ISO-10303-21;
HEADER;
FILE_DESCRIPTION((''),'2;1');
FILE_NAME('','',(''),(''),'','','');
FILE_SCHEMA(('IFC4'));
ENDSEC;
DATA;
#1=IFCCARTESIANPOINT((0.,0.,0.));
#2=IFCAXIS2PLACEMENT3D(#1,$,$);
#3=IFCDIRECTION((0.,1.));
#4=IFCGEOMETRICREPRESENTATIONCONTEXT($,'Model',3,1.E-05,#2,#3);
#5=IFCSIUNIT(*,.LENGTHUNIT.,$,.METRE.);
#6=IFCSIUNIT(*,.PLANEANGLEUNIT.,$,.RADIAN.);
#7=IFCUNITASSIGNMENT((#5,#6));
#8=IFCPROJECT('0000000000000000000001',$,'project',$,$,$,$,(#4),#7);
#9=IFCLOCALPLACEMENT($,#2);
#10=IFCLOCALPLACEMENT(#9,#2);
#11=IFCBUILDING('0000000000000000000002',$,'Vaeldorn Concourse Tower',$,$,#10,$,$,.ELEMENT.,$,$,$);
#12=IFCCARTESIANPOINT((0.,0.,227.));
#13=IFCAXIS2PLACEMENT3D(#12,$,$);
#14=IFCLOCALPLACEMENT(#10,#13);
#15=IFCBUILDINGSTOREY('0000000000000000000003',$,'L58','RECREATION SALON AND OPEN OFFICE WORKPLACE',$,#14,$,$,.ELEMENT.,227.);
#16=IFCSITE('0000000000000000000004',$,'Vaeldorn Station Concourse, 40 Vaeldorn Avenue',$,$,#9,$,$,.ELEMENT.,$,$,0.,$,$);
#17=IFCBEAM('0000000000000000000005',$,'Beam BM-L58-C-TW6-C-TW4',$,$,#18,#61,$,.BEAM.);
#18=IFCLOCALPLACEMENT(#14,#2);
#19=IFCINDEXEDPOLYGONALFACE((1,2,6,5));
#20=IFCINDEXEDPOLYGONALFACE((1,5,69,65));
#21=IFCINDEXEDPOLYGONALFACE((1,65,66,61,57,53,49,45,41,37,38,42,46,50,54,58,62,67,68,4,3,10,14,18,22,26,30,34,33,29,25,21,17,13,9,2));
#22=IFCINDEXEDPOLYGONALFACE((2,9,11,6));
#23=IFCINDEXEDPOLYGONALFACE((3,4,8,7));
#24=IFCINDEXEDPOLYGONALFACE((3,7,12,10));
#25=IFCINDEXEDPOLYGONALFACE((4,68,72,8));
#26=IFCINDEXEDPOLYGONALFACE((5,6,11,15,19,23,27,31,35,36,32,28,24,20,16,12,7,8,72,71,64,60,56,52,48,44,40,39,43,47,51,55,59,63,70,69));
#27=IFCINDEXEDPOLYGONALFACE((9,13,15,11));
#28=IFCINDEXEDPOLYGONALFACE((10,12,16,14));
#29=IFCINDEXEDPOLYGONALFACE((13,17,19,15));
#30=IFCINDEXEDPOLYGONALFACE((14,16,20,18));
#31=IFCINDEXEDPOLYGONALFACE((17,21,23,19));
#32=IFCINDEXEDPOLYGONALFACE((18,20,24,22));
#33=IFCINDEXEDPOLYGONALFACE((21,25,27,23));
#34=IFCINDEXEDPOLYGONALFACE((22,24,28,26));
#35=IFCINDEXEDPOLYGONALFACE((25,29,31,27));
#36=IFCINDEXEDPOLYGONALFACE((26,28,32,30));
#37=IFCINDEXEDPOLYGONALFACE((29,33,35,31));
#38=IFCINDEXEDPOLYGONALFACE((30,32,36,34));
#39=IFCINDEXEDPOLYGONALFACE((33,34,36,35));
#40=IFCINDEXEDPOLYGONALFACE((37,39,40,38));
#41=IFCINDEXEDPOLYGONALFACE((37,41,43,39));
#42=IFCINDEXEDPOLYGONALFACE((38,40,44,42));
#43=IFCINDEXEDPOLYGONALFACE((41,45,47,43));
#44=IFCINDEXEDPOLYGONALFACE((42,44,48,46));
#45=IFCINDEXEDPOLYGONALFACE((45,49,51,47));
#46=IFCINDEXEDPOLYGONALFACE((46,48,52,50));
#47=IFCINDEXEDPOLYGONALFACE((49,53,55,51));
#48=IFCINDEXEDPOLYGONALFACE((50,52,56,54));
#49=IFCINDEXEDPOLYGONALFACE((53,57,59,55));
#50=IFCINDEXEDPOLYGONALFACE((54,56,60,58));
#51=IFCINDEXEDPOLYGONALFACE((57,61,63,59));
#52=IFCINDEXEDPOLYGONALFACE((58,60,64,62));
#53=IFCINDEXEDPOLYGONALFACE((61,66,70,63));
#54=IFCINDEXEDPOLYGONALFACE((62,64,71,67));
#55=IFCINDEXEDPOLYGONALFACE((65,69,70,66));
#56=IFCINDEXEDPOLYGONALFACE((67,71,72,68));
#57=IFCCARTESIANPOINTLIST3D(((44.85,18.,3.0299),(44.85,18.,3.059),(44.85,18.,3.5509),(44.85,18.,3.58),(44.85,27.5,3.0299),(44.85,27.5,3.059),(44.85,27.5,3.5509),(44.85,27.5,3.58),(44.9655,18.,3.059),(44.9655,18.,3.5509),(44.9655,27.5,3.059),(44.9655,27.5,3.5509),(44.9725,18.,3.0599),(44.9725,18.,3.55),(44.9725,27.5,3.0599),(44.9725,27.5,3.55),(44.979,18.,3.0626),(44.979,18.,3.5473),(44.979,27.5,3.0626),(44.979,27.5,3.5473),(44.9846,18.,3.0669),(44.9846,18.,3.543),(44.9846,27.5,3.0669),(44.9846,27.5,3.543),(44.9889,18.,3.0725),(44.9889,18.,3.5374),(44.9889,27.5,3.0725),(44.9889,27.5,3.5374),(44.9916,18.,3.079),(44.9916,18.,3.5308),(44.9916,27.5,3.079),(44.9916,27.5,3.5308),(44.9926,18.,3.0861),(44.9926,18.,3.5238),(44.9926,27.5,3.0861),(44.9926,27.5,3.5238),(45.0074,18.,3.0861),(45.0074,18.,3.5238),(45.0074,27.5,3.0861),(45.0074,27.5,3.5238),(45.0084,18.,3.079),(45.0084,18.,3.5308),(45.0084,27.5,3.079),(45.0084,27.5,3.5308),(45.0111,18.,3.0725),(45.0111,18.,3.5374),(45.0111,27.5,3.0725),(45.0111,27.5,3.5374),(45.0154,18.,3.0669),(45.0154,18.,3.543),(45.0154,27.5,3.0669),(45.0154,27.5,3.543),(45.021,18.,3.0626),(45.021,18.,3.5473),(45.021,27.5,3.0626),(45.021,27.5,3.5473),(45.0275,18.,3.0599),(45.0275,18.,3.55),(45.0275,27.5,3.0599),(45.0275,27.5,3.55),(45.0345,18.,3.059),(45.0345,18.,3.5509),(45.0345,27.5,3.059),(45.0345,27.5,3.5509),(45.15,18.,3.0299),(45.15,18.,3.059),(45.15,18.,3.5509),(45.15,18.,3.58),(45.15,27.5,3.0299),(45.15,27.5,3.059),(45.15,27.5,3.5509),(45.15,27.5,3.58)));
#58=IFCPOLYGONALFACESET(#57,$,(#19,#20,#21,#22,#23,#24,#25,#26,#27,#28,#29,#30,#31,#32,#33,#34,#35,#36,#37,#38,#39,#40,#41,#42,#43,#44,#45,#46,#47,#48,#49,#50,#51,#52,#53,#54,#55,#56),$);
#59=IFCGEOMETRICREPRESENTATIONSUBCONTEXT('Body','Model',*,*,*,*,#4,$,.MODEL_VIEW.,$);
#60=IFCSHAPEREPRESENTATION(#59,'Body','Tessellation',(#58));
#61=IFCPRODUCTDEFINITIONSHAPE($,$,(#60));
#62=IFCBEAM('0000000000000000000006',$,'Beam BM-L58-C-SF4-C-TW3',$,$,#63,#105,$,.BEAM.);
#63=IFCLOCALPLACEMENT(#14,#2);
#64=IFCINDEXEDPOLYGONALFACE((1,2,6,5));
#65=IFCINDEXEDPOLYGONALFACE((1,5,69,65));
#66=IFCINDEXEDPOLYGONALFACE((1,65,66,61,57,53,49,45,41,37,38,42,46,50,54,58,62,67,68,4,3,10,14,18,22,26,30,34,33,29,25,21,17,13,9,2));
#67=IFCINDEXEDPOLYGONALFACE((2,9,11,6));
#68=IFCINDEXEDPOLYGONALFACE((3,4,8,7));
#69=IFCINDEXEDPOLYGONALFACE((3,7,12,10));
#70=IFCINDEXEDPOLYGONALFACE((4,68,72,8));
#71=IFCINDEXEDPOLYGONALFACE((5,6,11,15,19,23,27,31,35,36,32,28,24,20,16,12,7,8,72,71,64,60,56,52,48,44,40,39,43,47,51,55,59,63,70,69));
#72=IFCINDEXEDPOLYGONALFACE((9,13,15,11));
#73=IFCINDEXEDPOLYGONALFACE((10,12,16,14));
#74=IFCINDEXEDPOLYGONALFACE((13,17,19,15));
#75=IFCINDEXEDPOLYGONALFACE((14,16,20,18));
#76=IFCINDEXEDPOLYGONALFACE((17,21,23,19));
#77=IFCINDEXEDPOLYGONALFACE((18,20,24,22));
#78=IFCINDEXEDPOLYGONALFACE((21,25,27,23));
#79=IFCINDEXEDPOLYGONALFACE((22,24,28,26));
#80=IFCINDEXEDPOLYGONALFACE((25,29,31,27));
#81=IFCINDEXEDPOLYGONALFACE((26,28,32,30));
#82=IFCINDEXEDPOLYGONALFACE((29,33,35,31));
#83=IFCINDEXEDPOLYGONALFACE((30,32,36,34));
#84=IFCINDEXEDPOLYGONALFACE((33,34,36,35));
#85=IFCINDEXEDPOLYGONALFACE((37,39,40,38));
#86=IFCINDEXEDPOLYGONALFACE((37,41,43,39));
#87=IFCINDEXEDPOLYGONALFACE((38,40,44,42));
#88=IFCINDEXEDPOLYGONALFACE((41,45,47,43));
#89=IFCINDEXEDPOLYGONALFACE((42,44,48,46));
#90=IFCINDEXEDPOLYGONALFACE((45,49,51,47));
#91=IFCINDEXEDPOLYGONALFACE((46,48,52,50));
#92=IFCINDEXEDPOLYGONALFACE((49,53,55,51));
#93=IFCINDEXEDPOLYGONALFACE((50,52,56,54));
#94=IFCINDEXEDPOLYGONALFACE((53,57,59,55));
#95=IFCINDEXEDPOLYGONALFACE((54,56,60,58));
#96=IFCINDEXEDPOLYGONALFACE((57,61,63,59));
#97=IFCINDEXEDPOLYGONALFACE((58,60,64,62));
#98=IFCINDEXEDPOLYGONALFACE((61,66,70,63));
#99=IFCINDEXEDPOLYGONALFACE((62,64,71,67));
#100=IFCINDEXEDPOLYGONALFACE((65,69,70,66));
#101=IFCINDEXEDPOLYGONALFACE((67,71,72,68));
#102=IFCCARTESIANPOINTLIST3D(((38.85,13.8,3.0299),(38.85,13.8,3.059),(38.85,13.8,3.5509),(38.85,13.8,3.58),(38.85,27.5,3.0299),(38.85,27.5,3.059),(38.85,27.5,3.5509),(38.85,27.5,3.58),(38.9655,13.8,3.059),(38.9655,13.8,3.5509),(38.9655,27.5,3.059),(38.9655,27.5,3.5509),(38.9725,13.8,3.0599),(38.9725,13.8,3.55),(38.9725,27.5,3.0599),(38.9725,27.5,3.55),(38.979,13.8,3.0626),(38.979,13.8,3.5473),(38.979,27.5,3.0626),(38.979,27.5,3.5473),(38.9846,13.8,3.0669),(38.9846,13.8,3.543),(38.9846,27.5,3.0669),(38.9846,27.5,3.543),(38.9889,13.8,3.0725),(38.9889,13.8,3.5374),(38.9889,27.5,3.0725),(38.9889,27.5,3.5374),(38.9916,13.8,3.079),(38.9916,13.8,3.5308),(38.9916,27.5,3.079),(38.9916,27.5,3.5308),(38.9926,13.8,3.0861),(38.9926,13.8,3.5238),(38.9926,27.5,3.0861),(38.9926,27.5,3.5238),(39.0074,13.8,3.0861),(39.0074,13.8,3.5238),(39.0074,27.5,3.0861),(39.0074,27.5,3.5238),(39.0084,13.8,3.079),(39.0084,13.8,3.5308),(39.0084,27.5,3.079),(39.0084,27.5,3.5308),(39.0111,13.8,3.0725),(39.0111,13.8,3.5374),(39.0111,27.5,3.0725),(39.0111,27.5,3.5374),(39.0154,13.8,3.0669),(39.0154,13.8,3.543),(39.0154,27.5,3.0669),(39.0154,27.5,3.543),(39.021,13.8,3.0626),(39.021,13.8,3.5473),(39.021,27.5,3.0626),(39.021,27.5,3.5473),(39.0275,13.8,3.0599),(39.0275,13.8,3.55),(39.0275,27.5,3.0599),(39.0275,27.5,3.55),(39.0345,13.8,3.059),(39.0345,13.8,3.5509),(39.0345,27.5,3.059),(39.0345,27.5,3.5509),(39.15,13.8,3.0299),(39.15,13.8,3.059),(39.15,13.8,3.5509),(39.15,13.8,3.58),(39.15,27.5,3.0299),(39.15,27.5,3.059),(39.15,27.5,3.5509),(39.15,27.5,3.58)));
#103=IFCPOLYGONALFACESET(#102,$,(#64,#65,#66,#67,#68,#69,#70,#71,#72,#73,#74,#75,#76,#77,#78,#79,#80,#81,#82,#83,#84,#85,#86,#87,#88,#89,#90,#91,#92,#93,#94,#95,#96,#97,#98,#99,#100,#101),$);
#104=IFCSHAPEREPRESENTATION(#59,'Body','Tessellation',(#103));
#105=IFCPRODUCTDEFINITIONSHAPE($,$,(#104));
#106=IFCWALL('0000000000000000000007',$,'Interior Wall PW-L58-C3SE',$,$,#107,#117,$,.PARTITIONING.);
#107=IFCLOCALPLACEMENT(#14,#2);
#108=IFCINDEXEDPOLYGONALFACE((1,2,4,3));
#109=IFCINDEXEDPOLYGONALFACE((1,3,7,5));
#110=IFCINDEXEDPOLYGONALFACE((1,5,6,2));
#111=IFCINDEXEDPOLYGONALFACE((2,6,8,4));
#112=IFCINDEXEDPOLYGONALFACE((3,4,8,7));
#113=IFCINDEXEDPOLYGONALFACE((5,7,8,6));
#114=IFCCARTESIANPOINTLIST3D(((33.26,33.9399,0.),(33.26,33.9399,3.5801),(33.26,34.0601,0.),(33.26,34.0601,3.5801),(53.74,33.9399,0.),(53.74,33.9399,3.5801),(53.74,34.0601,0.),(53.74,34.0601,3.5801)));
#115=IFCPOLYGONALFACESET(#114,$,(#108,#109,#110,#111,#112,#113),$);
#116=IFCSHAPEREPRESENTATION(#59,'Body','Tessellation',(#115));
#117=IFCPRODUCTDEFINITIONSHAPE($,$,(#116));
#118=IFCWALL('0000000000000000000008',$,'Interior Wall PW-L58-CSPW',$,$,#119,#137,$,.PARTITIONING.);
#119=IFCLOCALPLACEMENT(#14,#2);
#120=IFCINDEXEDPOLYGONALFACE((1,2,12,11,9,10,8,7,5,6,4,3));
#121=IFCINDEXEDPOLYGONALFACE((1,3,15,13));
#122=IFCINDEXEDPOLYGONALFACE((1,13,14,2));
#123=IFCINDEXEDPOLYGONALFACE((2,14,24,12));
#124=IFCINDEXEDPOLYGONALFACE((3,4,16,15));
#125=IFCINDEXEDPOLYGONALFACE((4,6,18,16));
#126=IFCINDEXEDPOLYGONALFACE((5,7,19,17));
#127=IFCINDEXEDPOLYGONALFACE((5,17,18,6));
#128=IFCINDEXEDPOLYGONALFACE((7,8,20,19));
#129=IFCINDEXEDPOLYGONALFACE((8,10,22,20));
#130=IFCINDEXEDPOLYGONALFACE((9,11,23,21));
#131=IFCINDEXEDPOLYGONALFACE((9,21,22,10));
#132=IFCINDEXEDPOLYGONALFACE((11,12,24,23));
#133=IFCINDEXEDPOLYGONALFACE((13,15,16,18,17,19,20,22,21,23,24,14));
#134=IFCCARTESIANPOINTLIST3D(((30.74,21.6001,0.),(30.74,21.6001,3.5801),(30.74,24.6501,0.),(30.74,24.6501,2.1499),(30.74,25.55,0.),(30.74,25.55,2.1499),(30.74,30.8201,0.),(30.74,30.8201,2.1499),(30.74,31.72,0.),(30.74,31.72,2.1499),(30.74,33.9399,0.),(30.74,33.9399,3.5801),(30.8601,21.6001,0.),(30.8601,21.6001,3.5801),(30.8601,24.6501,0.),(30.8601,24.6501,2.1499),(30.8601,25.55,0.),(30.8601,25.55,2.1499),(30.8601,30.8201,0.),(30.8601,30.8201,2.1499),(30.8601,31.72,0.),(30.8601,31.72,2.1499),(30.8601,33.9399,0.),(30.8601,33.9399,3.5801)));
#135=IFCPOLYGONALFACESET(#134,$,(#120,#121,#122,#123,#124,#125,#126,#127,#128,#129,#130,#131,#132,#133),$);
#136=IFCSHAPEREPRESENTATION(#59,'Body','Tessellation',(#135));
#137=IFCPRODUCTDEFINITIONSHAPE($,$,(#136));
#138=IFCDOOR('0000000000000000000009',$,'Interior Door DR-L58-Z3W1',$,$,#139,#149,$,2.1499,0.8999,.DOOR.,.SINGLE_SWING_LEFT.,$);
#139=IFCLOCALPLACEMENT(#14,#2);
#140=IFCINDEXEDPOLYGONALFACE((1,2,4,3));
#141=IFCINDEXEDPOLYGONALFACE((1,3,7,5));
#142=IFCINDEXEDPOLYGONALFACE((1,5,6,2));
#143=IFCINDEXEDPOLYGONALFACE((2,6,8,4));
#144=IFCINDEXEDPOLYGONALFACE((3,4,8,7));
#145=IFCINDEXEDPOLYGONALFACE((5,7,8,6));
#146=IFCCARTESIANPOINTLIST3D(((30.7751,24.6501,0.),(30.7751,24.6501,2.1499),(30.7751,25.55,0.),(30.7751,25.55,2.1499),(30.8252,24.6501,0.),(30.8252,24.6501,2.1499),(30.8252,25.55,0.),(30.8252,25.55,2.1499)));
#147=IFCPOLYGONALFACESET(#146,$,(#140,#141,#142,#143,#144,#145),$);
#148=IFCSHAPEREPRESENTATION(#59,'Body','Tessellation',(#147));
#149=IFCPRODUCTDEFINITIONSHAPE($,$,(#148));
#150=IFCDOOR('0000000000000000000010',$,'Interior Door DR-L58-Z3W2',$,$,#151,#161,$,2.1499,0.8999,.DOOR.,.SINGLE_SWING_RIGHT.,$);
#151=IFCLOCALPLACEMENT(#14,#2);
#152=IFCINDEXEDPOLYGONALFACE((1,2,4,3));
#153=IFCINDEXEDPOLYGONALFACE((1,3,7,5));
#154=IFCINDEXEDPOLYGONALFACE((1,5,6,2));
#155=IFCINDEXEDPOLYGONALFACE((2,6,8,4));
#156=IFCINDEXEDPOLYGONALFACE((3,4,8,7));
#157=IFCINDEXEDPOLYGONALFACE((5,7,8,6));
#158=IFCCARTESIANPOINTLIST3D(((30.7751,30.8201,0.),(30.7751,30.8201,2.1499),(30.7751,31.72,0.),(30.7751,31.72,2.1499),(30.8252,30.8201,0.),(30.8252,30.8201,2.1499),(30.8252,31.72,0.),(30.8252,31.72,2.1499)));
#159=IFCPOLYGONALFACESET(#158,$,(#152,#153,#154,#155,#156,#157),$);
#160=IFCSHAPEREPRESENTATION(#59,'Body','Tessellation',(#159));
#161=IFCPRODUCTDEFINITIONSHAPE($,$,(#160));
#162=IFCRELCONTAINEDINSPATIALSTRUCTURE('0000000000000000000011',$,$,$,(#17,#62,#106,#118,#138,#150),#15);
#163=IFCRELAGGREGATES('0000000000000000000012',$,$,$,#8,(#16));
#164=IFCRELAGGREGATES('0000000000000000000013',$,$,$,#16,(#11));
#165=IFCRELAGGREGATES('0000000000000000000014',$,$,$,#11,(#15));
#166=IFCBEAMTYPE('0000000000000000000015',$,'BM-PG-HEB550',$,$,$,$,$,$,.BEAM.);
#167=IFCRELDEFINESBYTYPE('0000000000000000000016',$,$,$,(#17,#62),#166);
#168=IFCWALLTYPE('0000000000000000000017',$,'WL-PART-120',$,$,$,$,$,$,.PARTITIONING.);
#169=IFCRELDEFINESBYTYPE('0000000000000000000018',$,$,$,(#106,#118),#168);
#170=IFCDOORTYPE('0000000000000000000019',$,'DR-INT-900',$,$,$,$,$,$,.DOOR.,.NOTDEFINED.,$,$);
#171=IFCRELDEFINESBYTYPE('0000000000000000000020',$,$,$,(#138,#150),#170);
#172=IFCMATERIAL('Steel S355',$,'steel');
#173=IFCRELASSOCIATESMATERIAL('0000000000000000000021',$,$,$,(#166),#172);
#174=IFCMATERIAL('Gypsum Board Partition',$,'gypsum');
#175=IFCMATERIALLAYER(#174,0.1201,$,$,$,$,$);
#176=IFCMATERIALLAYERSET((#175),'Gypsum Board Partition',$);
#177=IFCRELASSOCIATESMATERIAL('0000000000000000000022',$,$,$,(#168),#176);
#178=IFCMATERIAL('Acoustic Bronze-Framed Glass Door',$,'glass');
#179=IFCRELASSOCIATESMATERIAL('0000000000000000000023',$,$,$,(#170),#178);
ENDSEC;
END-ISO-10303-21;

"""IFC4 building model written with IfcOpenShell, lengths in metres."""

from ifc_helpers import new_model, si_unit, direction, frame, frame_2d, origin, origin_2d, place, context, subcontext, project, spatial, rectangle, i_section, extrude, source, transform, mapped, material, layer, layer_set, material_profile, profile_set, type_object, element, fill, save


model = new_model("IFC4")

# Units and contexts
model_context = context("Model", 3, precision=1e-05, world=origin(), true_north=direction((0.0, 1.0)))
body_context = subcontext(model_context, "Body", "Model", "MODEL_VIEW")
ifc_project = project(units=[si_unit("LENGTHUNIT", "METRE"), si_unit("PLANEANGLEUNIT", "RADIAN")], contexts=[model_context])

# Site, building, storey
site_placement = place(None, origin())
site = spatial("IfcSite", under=ifc_project, at=site_placement, Name="Vaeldorn Station Concourse, 40 Vaeldorn Avenue", CompositionType="ELEMENT", RefElevation=0.0)
building_placement = place(site_placement, origin())
building = spatial("IfcBuilding", under=site, at=building_placement, Name="Vaeldorn Concourse Tower", CompositionType="ELEMENT")
storey_placement = place(building_placement, frame((0.0, 0.0, 227.0)))
storey = spatial("IfcBuildingStorey", under=building, at=storey_placement, Name="L58", Description="RECREATION SALON AND OPEN OFFICE WORKPLACE", CompositionType="ELEMENT", Elevation=227.0)

# Shared definitions
ifc_material_1 = material(Name="Steel S355", Category="steel")

# Beams
ifc_material_profile_1 = material_profile(ifc_material_1, i_section(OverallWidth=0.3, OverallDepth=0.55, WebThickness=0.0149, FlangeThickness=0.0291, FilletRadius=0.0271, at=origin_2d()), Name="HEB 550")
ifc_profile_set_1 = profile_set([ifc_material_profile_1], Name="Steel S355")
beam_type_1 = type_object("IfcBeamType", Name="BM-PG-HEB550", PredefinedType="BEAM", material=ifc_profile_set_1)
shared_shape_1 = source(origin(), body_context, "Body", "SweptSolid", [
    extrude(i_section(OverallWidth=0.3, OverallDepth=0.55, WebThickness=0.0149, FlangeThickness=0.0291, FilletRadius=0.0271, at=origin_2d()), origin(), (0.0, 0.0, 1.0), 9.5),
])
beam_1_placement = place(storey_placement, frame((45.0, 18.0, 3.3049), z_axis=(0.0, 1.0, 0.0), x_axis=(-1.0, 0.0, 0.0)))
element("IfcBeam", 1, at=beam_1_placement, inside=storey, type_object=beam_type_1, Name="Beam BM-L58-C-TW6-C-TW4", PredefinedType="BEAM", context=body_context, shape_type="MappedRepresentation", body=[
    mapped(shared_shape_1, transform((0.0, 0.0, 0.0), scale=1.0)),
])
shared_shape_2 = source(origin(), body_context, "Body", "SweptSolid", [
    extrude(i_section(OverallWidth=0.3, OverallDepth=0.55, WebThickness=0.0149, FlangeThickness=0.0291, FilletRadius=0.0271, at=origin_2d()), origin(), (0.0, 0.0, 1.0), 13.7),
])
beam_2_placement = place(storey_placement, frame((39.0, 13.8, 3.3049), z_axis=(0.0, 1.0, 0.0), x_axis=(-1.0, 0.0, 0.0)))
element("IfcBeam", 2, at=beam_2_placement, inside=storey, type_object=beam_type_1, Name="Beam BM-L58-C-SF4-C-TW3", PredefinedType="BEAM", context=body_context, shape_type="MappedRepresentation", body=[
    mapped(shared_shape_2, transform((0.0, 0.0, 0.0), scale=1.0)),
])

# Wall
ifc_material_2 = material(Name="Gypsum Board Partition", Category="gypsum")
ifc_layer = layer(ifc_material_2, 0.1201)
ifc_layer_set = layer_set([ifc_layer], Name="Gypsum Board Partition")
wall_type = type_object("IfcWallType", Name="WL-PART-120", PredefinedType="PARTITIONING", material=ifc_layer_set)
wall_1_placement = place(storey_placement, frame((33.26, 34.0, 0.0), z_axis=(0.0, 0.0, 1.0), x_axis=(1.0, 0.0, 0.0)))
element("IfcWall", 3, at=wall_1_placement, inside=storey, type_object=wall_type, Name="Interior Wall PW-L58-C3SE", PredefinedType="PARTITIONING", context=body_context, shape_type="SweptSolid", body=[
    extrude(rectangle(XDim=20.48, YDim=0.1201, at=frame_2d((10.24, 0.0))), origin(), (0.0, 0.0, 1.0), 3.5801),
])

# Wall, openings, doors
wall_2_placement = place(storey_placement, frame((30.8, 21.6001, 0.0), z_axis=(0.0, 0.0, 1.0), x_axis=(0.0, 1.0, 0.0)))
wall_2 = element("IfcWall", 4, at=wall_2_placement, inside=storey, type_object=wall_type, Name="Interior Wall PW-L58-CSPW", PredefinedType="PARTITIONING", context=body_context, shape_type="SweptSolid", body=[
    extrude(rectangle(XDim=12.3398, YDim=0.1201, at=frame_2d((6.1699, 0.0))), origin(), (0.0, 0.0, 1.0), 3.5801),
])
opening_1_placement = place(wall_2_placement, frame((3.05, 0.0, 0.0)))
opening_1 = element("IfcOpeningElement", 5, at=opening_1_placement, cuts=wall_2, PredefinedType="OPENING", context=body_context, shape_type="SweptSolid", body=[
    extrude(rectangle(XDim=0.8999, YDim=2.1499, at=frame_2d((0.45, 1.075))), frame((0.0, 0.0701, 0.0), z_axis=(0.0, -1.0, 0.0), x_axis=(1.0, 0.0, 0.0)), (0.0, 0.0, 1.0), 0.1401),
])
opening_2_placement = place(wall_2_placement, frame((9.22, 0.0, 0.0)))
opening_2 = element("IfcOpeningElement", 6, at=opening_2_placement, cuts=wall_2, PredefinedType="OPENING", context=body_context, shape_type="SweptSolid", body=[
    extrude(rectangle(XDim=0.8999, YDim=2.1499, at=frame_2d((0.45, 1.075))), frame((0.0, 0.0701, 0.0), z_axis=(0.0, -1.0, 0.0), x_axis=(1.0, 0.0, 0.0)), (0.0, 0.0, 1.0), 0.1401),
])
ifc_material_3 = material(Name="Acoustic Bronze-Framed Glass Door", Category="glass")
door_type = type_object("IfcDoorType", Name="DR-INT-900", OperationType="NOTDEFINED", PredefinedType="DOOR", material=ifc_material_3)
shared_shape_3 = source(origin(), body_context, "Body", "SweptSolid", [
    extrude(rectangle(XDim=0.8999, YDim=2.1499, at=frame_2d((0.45, 1.075))), frame((0.0, 0.0249, 0.0), z_axis=(0.0, -1.0, 0.0), x_axis=(1.0, 0.0, 0.0)), (0.0, 0.0, 1.0), 0.05),
])
door_1_placement = place(opening_1_placement, origin())
door_1 = element("IfcDoor", 7, at=door_1_placement, inside=storey, type_object=door_type, Name="Interior Door DR-L58-Z3W1", OperationType="SINGLE_SWING_LEFT", OverallHeight=2.1499, OverallWidth=0.8999, PredefinedType="DOOR", context=body_context, shape_type="MappedRepresentation", body=[
    mapped(shared_shape_3, transform((0.0, 0.0, 0.0), scale=1.0)),
])
fill(opening_1, door_1)
door_2_placement = place(opening_2_placement, origin())
door_2 = element("IfcDoor", 8, at=door_2_placement, inside=storey, type_object=door_type, Name="Interior Door DR-L58-Z3W2", OperationType="SINGLE_SWING_RIGHT", OverallHeight=2.1499, OverallWidth=0.8999, PredefinedType="DOOR", context=body_context, shape_type="MappedRepresentation", body=[
    mapped(shared_shape_3, transform((0.0, 0.0, 0.0), scale=1.0)),
])
fill(opening_2, door_2)

save(model, "model.ifc")
